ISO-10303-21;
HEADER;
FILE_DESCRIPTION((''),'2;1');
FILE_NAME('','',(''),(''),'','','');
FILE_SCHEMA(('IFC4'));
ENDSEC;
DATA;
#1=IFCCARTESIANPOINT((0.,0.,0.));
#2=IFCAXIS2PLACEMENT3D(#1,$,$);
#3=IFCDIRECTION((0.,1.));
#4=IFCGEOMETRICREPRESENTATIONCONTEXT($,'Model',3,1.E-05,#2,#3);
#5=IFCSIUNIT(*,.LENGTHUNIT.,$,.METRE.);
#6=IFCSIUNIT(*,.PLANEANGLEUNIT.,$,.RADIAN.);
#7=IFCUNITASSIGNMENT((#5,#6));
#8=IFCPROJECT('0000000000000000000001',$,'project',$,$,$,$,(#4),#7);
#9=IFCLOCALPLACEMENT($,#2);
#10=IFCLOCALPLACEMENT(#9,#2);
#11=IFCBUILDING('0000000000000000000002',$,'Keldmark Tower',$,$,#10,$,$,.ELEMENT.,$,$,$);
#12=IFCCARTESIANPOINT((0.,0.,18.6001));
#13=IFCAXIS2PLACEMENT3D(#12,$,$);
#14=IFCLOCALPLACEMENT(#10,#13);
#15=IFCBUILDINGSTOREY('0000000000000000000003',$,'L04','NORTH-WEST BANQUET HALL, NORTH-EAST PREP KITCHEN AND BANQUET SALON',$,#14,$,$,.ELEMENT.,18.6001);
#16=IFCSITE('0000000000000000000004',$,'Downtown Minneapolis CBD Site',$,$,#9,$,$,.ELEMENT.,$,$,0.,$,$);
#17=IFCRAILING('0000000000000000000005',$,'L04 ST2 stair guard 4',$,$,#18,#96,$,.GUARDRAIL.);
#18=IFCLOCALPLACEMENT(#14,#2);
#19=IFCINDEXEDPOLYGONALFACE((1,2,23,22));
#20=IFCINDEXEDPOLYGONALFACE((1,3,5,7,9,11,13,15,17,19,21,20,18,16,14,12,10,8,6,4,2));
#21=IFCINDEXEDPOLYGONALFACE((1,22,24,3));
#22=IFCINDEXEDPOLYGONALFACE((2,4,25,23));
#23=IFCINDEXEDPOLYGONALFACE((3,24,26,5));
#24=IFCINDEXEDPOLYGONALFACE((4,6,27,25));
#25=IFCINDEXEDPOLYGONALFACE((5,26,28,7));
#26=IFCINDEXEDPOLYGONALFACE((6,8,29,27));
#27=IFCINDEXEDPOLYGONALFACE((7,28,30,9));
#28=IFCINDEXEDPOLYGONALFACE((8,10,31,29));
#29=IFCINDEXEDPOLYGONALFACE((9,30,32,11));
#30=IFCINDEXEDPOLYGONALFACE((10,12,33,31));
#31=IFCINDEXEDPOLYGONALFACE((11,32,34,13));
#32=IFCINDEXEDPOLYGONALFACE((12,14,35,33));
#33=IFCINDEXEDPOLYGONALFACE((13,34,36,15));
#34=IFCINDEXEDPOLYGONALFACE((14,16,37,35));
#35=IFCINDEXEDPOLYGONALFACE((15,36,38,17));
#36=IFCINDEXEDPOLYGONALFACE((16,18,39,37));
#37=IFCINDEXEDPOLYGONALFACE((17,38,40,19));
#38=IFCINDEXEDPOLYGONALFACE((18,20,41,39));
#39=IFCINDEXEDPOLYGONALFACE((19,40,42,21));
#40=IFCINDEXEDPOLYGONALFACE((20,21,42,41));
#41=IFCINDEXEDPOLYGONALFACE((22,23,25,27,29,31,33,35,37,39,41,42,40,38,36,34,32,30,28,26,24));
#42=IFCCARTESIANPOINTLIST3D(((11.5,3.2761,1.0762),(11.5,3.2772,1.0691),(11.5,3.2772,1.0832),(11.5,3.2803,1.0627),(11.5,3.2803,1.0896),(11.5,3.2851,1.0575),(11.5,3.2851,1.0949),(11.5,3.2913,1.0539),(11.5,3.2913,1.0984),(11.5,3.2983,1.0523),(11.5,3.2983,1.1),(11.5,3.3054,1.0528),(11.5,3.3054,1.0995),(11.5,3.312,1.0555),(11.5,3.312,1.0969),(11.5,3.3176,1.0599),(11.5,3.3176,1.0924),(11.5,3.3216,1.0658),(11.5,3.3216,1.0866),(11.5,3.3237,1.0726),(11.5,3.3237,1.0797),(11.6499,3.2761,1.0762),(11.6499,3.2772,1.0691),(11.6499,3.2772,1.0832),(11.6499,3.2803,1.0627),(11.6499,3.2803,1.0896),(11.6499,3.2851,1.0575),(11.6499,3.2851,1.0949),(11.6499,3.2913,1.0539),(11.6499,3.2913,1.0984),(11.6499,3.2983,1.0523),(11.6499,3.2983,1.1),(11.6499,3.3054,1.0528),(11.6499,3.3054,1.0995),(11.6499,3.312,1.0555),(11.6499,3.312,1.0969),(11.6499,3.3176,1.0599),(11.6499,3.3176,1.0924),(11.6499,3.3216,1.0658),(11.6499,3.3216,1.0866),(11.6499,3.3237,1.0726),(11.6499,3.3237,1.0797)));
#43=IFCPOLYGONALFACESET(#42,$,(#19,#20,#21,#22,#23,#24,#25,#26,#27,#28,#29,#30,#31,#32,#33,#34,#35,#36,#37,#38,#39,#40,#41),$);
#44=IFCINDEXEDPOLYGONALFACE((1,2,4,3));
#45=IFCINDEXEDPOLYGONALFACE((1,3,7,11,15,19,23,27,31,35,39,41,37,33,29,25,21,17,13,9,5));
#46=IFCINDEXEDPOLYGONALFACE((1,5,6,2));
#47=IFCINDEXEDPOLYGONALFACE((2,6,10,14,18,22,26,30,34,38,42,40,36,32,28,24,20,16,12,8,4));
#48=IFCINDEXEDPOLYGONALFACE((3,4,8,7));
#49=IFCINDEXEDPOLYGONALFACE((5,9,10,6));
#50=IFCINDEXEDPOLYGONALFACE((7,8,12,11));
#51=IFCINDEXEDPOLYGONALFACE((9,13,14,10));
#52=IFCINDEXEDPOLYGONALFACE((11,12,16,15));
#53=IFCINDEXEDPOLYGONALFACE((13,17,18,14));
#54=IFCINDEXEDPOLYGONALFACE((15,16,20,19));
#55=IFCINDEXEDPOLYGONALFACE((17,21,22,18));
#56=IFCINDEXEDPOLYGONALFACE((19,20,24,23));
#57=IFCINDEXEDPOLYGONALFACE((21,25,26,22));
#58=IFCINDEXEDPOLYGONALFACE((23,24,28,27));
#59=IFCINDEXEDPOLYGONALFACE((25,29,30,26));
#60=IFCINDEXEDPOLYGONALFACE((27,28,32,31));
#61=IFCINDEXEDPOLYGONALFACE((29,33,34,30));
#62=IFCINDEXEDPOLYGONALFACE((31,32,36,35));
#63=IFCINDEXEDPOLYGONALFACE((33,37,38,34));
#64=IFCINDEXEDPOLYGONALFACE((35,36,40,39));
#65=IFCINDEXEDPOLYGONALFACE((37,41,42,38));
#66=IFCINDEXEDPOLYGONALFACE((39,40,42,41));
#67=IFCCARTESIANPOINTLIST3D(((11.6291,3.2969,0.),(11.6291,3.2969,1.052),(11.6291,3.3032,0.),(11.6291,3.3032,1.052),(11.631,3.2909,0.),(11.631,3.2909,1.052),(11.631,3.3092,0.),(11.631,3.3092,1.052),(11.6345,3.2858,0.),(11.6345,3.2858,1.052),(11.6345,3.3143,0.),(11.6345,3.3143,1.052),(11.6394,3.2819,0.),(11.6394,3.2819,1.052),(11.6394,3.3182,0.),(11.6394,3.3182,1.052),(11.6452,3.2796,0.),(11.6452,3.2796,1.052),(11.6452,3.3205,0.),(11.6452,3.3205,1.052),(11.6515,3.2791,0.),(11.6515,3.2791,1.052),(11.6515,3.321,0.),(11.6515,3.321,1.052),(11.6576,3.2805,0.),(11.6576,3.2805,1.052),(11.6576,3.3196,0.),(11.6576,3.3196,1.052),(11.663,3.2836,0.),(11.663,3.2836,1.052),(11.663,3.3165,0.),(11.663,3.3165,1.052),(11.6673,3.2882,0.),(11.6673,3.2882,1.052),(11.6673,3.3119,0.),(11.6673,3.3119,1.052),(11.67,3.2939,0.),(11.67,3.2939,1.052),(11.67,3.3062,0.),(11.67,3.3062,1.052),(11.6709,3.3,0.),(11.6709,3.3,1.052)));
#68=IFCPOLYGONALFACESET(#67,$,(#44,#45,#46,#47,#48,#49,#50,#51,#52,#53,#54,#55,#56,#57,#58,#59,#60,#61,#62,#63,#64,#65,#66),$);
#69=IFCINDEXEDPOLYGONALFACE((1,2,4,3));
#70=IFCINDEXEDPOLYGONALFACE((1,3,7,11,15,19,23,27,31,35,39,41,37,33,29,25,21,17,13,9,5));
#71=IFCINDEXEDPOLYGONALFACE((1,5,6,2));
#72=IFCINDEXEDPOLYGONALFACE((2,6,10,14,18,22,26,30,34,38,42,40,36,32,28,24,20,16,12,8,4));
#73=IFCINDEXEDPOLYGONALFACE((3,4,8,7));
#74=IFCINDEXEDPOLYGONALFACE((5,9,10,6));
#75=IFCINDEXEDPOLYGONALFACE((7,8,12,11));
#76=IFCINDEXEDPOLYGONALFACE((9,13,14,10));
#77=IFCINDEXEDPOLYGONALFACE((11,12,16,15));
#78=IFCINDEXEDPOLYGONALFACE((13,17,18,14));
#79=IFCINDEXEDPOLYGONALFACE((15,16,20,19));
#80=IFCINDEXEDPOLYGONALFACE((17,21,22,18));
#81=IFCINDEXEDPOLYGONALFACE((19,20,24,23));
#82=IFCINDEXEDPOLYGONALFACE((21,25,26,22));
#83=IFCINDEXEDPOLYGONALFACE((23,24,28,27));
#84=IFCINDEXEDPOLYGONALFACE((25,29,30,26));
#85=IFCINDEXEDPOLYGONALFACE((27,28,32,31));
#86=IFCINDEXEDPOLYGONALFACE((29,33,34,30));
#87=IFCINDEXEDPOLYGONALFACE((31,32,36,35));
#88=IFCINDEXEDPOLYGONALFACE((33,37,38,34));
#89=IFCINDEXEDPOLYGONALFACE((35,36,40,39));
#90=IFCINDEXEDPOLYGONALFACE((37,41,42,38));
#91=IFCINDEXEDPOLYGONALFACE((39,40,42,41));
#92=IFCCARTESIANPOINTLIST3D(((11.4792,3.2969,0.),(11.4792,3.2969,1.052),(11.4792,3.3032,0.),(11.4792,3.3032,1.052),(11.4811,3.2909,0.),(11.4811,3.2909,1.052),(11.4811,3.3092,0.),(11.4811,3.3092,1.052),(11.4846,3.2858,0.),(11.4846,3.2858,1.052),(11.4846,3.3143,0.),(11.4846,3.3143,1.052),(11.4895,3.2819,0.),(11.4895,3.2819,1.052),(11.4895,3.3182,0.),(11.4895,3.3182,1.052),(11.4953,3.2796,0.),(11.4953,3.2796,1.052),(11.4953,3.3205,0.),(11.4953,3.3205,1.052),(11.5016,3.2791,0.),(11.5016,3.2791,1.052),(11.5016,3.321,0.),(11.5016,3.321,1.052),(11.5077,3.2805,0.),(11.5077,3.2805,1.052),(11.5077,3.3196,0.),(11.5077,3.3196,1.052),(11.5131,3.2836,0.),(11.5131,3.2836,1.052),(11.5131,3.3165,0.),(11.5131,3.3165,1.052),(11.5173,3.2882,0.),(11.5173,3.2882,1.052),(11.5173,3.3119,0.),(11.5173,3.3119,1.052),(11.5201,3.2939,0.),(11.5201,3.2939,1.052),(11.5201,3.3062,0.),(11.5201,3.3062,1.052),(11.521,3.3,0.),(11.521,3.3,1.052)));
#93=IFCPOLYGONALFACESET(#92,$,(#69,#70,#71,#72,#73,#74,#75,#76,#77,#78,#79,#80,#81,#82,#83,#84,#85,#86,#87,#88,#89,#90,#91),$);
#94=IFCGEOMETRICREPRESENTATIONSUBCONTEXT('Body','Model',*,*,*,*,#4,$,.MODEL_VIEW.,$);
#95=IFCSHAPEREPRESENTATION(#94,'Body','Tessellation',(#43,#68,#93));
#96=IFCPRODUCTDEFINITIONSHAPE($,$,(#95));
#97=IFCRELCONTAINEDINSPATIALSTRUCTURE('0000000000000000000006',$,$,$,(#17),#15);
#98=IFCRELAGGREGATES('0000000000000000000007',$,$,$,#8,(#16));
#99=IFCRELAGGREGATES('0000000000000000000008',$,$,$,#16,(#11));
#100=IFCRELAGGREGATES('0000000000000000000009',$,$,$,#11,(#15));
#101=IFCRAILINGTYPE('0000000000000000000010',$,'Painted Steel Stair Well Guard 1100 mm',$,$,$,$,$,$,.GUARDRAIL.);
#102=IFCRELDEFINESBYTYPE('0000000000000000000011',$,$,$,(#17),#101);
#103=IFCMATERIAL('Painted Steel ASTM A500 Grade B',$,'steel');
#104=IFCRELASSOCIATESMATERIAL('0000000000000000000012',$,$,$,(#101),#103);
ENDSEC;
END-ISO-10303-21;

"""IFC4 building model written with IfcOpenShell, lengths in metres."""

from ifc_helpers import new_model, si_unit, direction, frame, origin, origin_2d, place, context, subcontext, project, spatial, circle, extrude, material, type_object, element, save


model = new_model("IFC4")

# Units and contexts
model_context = context("Model", 3, precision=1e-05, world=origin(), true_north=direction((0.0, 1.0)))
body_context = subcontext(model_context, "Body", "Model", "MODEL_VIEW")
ifc_project = project(units=[si_unit("LENGTHUNIT", "METRE"), si_unit("PLANEANGLEUNIT", "RADIAN")], contexts=[model_context])

# Site, building, storey
site_placement = place(None, origin())
site = spatial("IfcSite", under=ifc_project, at=site_placement, Name="Downtown Minneapolis CBD Site", CompositionType="ELEMENT", RefElevation=0.0)
building_placement = place(site_placement, origin())
building = spatial("IfcBuilding", under=site, at=building_placement, Name="Keldmark Tower", CompositionType="ELEMENT")
storey_placement = place(building_placement, frame((0.0, 0.0, 18.6001)))
storey = spatial("IfcBuildingStorey", under=building, at=storey_placement, Name="L04", Description="NORTH-WEST BANQUET HALL, NORTH-EAST PREP KITCHEN AND BANQUET SALON", CompositionType="ELEMENT", Elevation=18.6001)

# Railing
ifc_material_1 = material(Name="Painted Steel ASTM A500 Grade B", Category="steel")
railing_type_1 = type_object("IfcRailingType", Name="Painted Steel Stair Well Guard 1100 mm", PredefinedType="GUARDRAIL", material=ifc_material_1)
railing_1_placement = place(storey_placement, frame((11.6499, 3.3, 0.0)))
element("IfcRailing", 1, at=railing_1_placement, inside=storey, type_object=railing_type_1, Name="L04 ST2 stair guard 4", PredefinedType="GUARDRAIL", context=body_context, shape_type="SweptSolid", body=[
    extrude(circle(Radius=0.0239, at=origin_2d()), frame((0.0, 0.0, 1.0762), z_axis=(-1.0, 0.0, 0.0), x_axis=(0.0, -1.0, 0.0)), (0.0, 0.0, 1.0), 0.1499),
    extrude(circle(Radius=0.021, at=origin_2d()), origin(), (0.0, 0.0, 1.0), 1.052),
    extrude(circle(Radius=0.021, at=origin_2d()), frame((-0.1499, 0.0, 0.0)), (0.0, 0.0, 1.0), 1.052),
])

save(model, "model.ifc")
